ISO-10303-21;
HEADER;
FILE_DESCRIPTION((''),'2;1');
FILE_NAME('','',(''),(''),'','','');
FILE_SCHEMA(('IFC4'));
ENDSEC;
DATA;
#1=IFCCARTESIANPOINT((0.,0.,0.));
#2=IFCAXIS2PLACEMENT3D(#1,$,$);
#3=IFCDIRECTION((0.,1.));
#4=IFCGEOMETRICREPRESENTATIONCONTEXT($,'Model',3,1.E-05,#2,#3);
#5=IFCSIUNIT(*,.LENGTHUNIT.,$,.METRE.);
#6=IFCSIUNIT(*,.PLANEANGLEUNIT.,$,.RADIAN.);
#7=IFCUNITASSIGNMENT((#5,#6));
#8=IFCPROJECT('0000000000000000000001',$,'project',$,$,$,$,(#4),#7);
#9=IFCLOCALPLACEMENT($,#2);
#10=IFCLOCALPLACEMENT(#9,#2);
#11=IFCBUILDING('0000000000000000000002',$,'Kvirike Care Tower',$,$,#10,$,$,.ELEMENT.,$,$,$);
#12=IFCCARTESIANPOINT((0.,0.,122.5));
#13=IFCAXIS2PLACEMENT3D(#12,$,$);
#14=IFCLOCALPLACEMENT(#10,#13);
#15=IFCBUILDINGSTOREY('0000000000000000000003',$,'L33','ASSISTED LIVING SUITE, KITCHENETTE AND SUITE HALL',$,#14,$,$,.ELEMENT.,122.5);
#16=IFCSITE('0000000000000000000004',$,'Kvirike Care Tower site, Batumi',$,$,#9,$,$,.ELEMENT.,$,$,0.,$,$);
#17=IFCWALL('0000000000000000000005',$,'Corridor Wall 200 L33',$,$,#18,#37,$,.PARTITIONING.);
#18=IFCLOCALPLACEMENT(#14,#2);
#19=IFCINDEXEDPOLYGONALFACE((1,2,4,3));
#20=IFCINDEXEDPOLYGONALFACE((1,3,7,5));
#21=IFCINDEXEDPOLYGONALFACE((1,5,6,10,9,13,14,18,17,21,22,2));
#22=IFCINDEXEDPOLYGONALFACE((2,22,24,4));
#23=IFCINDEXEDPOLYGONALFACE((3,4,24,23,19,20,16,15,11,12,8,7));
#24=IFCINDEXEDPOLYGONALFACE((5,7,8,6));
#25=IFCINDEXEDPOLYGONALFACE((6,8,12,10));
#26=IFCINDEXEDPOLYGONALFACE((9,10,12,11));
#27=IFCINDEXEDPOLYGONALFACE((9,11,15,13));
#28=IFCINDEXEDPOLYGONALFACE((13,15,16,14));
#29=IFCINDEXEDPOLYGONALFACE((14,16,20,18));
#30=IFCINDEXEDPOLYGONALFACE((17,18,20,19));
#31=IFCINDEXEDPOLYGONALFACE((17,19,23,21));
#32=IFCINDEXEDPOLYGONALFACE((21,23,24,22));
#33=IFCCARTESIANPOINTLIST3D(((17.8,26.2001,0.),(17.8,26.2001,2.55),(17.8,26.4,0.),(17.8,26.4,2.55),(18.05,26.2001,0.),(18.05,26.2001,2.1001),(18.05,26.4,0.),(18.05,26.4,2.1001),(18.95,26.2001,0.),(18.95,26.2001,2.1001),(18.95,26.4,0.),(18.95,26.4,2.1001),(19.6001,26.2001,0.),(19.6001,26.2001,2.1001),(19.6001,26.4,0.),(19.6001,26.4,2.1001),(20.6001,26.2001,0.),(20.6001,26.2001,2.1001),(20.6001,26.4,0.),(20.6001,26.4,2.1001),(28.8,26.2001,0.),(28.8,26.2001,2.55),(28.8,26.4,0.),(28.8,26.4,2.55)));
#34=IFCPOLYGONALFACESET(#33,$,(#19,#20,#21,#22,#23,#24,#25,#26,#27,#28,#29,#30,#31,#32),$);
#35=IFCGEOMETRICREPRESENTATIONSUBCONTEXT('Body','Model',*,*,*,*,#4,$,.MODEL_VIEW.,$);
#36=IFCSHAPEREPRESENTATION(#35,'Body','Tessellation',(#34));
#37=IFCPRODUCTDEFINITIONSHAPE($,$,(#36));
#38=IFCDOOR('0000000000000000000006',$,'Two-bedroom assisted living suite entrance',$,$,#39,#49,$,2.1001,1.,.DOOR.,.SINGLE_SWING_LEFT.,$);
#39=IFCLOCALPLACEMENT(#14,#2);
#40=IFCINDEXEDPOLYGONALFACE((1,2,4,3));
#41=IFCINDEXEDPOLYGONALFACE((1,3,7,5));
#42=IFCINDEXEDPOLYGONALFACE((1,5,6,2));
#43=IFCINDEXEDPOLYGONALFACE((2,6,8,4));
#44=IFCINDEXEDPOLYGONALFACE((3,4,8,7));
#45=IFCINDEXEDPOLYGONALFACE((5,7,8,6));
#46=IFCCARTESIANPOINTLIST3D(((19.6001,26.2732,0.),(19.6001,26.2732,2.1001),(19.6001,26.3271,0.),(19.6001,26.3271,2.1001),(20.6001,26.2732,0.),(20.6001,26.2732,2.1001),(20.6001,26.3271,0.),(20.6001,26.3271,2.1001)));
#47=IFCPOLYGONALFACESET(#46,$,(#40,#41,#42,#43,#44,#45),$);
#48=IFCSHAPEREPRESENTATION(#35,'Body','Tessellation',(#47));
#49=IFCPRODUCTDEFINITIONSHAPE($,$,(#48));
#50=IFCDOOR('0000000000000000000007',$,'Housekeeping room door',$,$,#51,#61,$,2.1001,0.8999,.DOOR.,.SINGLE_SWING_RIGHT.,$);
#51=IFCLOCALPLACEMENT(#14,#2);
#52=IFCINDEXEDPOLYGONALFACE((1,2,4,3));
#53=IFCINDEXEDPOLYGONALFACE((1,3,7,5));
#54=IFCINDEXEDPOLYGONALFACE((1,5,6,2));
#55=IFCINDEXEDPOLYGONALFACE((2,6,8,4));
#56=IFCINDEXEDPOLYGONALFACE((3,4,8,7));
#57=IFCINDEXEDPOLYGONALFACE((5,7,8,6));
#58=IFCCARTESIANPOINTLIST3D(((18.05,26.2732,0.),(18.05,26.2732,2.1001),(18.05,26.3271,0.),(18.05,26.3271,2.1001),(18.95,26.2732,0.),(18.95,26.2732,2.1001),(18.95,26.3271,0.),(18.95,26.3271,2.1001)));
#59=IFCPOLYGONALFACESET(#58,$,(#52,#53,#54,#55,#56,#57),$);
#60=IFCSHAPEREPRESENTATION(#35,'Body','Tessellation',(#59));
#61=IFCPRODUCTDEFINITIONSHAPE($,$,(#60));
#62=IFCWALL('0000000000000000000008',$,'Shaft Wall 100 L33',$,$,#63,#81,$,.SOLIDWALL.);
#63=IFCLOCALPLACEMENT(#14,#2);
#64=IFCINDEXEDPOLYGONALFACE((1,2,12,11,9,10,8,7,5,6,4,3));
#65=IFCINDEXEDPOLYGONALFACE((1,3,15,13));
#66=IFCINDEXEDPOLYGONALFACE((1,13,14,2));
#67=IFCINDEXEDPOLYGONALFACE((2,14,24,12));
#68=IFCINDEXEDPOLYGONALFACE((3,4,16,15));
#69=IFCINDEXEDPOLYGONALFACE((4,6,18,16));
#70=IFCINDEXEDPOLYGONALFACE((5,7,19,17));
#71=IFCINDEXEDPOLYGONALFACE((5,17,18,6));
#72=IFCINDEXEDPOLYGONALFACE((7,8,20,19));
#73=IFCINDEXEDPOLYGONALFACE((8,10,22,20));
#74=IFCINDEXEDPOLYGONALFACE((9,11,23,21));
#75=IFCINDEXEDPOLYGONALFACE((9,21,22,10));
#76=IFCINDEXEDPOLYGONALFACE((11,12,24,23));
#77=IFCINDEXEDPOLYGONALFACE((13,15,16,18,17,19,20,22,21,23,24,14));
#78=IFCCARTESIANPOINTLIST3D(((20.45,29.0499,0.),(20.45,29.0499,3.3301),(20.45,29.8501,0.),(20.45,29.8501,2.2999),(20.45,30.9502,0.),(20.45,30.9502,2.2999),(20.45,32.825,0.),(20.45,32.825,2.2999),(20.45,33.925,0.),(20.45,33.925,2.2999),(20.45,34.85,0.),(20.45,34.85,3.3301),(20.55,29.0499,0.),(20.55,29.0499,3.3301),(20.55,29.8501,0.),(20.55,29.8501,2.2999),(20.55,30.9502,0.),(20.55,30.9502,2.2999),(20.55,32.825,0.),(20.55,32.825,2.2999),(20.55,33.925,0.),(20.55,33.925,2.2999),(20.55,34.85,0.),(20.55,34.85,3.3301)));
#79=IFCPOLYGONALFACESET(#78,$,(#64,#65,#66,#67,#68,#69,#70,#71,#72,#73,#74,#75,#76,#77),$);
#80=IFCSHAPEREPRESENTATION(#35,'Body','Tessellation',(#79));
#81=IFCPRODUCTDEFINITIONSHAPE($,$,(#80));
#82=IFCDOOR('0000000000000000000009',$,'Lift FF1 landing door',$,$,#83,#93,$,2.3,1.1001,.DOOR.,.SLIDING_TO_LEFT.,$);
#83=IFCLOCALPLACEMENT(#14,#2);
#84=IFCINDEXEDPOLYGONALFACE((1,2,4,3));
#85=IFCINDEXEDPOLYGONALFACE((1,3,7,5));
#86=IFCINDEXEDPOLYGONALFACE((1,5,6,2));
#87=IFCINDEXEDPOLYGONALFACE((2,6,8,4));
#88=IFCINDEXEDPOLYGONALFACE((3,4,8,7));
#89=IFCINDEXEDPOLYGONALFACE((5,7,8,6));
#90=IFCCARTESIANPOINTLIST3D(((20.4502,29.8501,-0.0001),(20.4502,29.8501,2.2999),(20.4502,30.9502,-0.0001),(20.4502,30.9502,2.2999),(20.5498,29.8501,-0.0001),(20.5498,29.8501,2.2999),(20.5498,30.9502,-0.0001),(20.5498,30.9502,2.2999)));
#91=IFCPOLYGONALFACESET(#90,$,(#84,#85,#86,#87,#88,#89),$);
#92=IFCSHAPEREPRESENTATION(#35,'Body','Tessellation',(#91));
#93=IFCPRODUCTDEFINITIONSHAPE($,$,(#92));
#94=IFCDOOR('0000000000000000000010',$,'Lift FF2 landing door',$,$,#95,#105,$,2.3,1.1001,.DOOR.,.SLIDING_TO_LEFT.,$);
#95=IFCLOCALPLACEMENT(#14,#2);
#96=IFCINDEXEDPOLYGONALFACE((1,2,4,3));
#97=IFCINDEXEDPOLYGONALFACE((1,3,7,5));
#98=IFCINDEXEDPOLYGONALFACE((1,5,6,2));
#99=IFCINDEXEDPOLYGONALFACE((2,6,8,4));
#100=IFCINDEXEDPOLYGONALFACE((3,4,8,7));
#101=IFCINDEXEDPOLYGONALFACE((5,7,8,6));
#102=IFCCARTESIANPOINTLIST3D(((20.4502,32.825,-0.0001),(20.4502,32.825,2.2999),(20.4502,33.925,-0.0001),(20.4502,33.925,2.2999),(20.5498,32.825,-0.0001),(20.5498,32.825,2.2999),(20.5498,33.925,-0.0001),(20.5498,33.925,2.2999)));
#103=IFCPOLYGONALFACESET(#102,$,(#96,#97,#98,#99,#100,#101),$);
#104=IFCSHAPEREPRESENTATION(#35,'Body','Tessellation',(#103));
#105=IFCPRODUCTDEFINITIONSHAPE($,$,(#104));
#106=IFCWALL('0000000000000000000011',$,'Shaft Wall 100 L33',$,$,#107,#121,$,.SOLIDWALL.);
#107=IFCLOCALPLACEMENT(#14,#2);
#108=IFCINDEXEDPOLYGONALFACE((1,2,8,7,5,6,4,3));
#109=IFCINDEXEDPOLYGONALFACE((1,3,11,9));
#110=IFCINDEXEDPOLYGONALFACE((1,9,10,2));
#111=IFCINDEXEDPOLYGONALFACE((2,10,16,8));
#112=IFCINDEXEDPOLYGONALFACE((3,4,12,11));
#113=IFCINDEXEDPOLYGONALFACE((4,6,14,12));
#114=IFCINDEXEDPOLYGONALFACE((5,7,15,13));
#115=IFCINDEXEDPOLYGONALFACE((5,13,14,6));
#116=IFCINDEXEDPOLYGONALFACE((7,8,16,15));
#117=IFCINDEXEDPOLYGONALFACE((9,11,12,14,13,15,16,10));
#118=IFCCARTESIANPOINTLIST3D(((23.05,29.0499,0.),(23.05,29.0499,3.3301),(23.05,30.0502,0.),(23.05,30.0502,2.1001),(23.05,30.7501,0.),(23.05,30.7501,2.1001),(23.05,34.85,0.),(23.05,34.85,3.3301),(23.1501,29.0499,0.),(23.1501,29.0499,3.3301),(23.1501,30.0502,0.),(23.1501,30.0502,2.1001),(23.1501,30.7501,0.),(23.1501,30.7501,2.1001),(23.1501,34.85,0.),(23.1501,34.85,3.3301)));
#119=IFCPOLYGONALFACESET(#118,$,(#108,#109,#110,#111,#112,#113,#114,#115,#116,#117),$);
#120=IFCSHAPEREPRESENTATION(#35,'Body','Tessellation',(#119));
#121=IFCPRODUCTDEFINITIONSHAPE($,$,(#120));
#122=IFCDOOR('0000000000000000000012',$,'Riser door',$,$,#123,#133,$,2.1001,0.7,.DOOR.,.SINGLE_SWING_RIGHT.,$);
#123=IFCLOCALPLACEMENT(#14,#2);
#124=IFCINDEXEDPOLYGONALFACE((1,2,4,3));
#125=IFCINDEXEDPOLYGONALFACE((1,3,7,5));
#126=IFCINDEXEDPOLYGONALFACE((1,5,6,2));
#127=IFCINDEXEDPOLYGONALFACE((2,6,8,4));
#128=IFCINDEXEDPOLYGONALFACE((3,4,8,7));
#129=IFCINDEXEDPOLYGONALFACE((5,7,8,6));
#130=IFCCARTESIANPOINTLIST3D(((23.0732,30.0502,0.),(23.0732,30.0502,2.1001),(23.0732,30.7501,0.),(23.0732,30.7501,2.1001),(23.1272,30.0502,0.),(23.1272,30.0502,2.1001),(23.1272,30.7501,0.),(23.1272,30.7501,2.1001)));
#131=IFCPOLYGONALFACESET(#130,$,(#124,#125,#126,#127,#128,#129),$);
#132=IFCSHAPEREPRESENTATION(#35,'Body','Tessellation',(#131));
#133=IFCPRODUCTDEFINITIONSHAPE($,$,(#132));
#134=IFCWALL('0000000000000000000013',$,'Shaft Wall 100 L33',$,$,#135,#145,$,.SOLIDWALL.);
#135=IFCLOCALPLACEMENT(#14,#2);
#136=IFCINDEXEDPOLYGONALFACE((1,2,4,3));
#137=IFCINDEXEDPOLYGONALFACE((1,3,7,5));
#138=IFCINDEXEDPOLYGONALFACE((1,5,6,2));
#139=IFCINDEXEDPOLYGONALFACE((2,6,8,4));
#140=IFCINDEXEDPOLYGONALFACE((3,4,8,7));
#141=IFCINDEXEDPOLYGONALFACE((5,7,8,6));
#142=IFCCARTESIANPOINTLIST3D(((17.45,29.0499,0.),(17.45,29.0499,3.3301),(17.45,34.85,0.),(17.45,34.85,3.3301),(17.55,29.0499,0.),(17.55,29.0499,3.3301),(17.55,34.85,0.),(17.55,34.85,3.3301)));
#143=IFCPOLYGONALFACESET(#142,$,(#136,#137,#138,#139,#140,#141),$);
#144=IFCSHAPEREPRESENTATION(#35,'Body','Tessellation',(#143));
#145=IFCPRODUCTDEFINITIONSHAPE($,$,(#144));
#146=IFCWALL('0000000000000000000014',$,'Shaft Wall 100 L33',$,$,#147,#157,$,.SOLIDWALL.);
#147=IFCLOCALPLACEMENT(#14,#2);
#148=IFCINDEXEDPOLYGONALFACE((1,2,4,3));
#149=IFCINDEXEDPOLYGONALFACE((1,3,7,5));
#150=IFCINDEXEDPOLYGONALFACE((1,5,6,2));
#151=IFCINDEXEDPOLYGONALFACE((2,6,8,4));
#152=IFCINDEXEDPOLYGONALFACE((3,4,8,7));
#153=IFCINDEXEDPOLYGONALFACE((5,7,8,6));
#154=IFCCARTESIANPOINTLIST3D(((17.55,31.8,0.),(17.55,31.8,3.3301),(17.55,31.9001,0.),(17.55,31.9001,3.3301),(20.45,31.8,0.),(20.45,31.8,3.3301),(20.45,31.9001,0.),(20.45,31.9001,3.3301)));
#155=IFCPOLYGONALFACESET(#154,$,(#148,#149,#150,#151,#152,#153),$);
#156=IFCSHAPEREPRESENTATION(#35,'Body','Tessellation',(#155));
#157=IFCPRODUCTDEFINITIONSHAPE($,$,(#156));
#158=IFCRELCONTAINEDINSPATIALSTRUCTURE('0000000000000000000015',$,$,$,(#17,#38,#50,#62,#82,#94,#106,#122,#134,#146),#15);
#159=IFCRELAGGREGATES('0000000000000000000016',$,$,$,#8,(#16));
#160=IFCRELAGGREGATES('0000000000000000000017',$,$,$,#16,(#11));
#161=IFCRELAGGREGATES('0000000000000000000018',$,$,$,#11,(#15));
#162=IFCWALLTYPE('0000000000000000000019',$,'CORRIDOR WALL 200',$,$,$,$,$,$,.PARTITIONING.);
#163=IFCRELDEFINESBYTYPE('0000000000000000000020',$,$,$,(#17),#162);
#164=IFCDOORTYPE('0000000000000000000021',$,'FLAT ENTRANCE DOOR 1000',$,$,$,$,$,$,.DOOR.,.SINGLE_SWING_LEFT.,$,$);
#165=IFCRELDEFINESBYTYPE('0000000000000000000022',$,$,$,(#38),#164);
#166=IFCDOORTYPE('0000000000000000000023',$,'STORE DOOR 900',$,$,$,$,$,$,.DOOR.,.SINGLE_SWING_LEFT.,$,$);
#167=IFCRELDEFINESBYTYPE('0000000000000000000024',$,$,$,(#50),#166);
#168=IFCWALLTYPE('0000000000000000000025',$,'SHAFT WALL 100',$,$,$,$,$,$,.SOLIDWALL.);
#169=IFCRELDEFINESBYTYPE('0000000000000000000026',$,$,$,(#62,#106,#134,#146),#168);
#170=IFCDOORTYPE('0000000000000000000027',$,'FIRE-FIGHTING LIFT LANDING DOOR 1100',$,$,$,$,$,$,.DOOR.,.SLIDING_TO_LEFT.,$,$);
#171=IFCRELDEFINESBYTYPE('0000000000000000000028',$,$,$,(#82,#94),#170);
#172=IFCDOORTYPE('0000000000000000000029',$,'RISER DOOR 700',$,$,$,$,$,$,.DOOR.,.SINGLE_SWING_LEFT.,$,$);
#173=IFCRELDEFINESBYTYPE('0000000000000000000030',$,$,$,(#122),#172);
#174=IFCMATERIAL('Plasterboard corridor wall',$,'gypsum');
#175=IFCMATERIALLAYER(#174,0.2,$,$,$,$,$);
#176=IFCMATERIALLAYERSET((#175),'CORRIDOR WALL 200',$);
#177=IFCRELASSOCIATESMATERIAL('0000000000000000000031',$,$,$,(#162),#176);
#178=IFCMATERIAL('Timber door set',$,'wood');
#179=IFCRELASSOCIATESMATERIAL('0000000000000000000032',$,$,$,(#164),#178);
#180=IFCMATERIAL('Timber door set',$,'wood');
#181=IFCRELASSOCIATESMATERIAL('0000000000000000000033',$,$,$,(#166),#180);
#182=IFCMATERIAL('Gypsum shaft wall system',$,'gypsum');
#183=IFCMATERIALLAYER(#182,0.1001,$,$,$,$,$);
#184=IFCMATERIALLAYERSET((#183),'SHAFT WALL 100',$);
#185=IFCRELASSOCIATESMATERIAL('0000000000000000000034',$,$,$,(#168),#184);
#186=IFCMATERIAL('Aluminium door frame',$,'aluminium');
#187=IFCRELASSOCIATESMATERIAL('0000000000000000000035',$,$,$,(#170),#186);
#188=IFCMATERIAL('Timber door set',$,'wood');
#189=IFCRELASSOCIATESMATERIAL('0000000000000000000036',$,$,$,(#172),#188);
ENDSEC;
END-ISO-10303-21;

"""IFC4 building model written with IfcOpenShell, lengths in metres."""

from ifc_helpers import new_model, si_unit, direction, frame, frame_2d, origin, place, context, subcontext, project, spatial, rectangle, extrude, material, layer, layer_set, type_object, element, fill, save


model = new_model("IFC4")

# Units and contexts
model_context = context("Model", 3, precision=1e-05, world=origin(), true_north=direction((0.0, 1.0)))
body_context = subcontext(model_context, "Body", "Model", "MODEL_VIEW")
ifc_project = project(units=[si_unit("LENGTHUNIT", "METRE"), si_unit("PLANEANGLEUNIT", "RADIAN")], contexts=[model_context])

# Site, building, storey
site_placement = place(None, origin())
site = spatial("IfcSite", under=ifc_project, at=site_placement, Name="Kvirike Care Tower site, Batumi", CompositionType="ELEMENT", RefElevation=0.0)
building_placement = place(site_placement, origin())
building = spatial("IfcBuilding", under=site, at=building_placement, Name="Kvirike Care Tower", CompositionType="ELEMENT")
storey_placement = place(building_placement, frame((0.0, 0.0, 122.5)))
storey = spatial("IfcBuildingStorey", under=building, at=storey_placement, Name="L33", Description="ASSISTED LIVING SUITE, KITCHENETTE AND SUITE HALL", CompositionType="ELEMENT", Elevation=122.5)

# Walls, openings, doors
ifc_material_1 = material(Name="Plasterboard corridor wall", Category="gypsum")
ifc_layer_1 = layer(ifc_material_1, 0.2)
ifc_layer_set_1 = layer_set([ifc_layer_1], Name="CORRIDOR WALL 200")
wall_type_1 = type_object("IfcWallType", Name="CORRIDOR WALL 200", PredefinedType="PARTITIONING", material=ifc_layer_set_1)
wall_1_placement = place(storey_placement, frame((17.8, 26.3, 0.0), z_axis=(0.0, 0.0, 1.0), x_axis=(1.0, 0.0, 0.0)))
wall_1 = element("IfcWall", 1, at=wall_1_placement, inside=storey, type_object=wall_type_1, Name="Corridor Wall 200 L33", PredefinedType="PARTITIONING", context=body_context, shape_type="SweptSolid", body=[
    extrude(rectangle(XDim=11.0, YDim=0.2, at=frame_2d((5.5, 0.0))), origin(), (0.0, 0.0, 1.0), 2.55),
])
opening_1_placement = place(wall_1_placement, frame((0.25, 0.0, 0.0)))
opening_1 = element("IfcOpeningElement", 2, at=opening_1_placement, cuts=wall_1, PredefinedType="OPENING", context=body_context, shape_type="SweptSolid", body=[
    extrude(rectangle(XDim=0.8999, YDim=2.1001, at=frame_2d((0.45, 1.05))), frame((0.0, 0.1106, 0.0), z_axis=(0.0, -1.0, 0.0), x_axis=(1.0, 0.0, 0.0)), (0.0, 0.0, 1.0), 0.2209),
])
opening_2_placement = place(wall_1_placement, frame((1.8, 0.0, 0.0)))
opening_2 = element("IfcOpeningElement", 3, at=opening_2_placement, cuts=wall_1, PredefinedType="OPENING", context=body_context, shape_type="SweptSolid", body=[
    extrude(rectangle(XDim=1.0, YDim=2.1001, at=frame_2d((0.5, 1.05))), frame((0.0, 0.1106, 0.0), z_axis=(0.0, -1.0, 0.0), x_axis=(1.0, 0.0, 0.0)), (0.0, 0.0, 1.0), 0.2209),
])
ifc_material_2 = material(Name="Timber door set", Category="wood")
door_type_1 = type_object("IfcDoorType", Name="FLAT ENTRANCE DOOR 1000", OperationType="SINGLE_SWING_LEFT", PredefinedType="DOOR", material=ifc_material_2)
door_1_placement = place(opening_2_placement, frame((1.0, 0.0, 0.0), z_axis=(0.0, 0.0, 1.0), x_axis=(-1.0, 0.0, 0.0)))
door_1 = element("IfcDoor", 4, at=door_1_placement, inside=storey, type_object=door_type_1, Name="Two-bedroom assisted living suite entrance", OperationType="SINGLE_SWING_LEFT", OverallHeight=2.1001, OverallWidth=1.0, PredefinedType="DOOR", context=body_context, shape_type="SweptSolid", body=[
    extrude(rectangle(XDim=1.0, YDim=2.1001, at=frame_2d((0.5, 1.05))), frame((0.0, 0.0269, 0.0), z_axis=(0.0, -1.0, 0.0), x_axis=(1.0, 0.0, 0.0)), (0.0, 0.0, 1.0), 0.054),
])
fill(opening_2, door_1)
ifc_material_3 = material(Name="Timber door set", Category="wood")
door_type_2 = type_object("IfcDoorType", Name="STORE DOOR 900", OperationType="SINGLE_SWING_LEFT", PredefinedType="DOOR", material=ifc_material_3)
door_2_placement = place(opening_1_placement, frame((0.8999, 0.0, 0.0), z_axis=(0.0, 0.0, 1.0), x_axis=(-1.0, 0.0, 0.0)))
door_2 = element("IfcDoor", 5, at=door_2_placement, inside=storey, type_object=door_type_2, Name="Housekeeping room door", OperationType="SINGLE_SWING_RIGHT", OverallHeight=2.1001, OverallWidth=0.8999, PredefinedType="DOOR", context=body_context, shape_type="SweptSolid", body=[
    extrude(rectangle(XDim=0.8999, YDim=2.1001, at=frame_2d((0.45, 1.05))), frame((0.0, 0.0269, 0.0), z_axis=(0.0, -1.0, 0.0), x_axis=(1.0, 0.0, 0.0)), (0.0, 0.0, 1.0), 0.054),
])
fill(opening_1, door_2)
ifc_material_4 = material(Name="Gypsum shaft wall system", Category="gypsum")
ifc_layer_2 = layer(ifc_material_4, 0.1001)
ifc_layer_set_2 = layer_set([ifc_layer_2], Name="SHAFT WALL 100")
wall_type_2 = type_object("IfcWallType", Name="SHAFT WALL 100", PredefinedType="SOLIDWALL", material=ifc_layer_set_2)
wall_2_placement = place(storey_placement, frame((20.5, 29.05, 0.0), z_axis=(0.0, 0.0, 1.0), x_axis=(0.0, 1.0, 0.0)))
wall_2 = element("IfcWall", 6, at=wall_2_placement, inside=storey, type_object=wall_type_2, Name="Shaft Wall 100 L33", PredefinedType="SOLIDWALL", context=body_context, shape_type="SweptSolid", body=[
    extrude(rectangle(XDim=5.8, YDim=0.1001, at=frame_2d((2.8999, 0.0))), origin(), (0.0, 0.0, 1.0), 3.3301),
])
opening_3_placement = place(wall_2_placement, frame((0.8, 0.0, 0.0)))
opening_3 = element("IfcOpeningElement", 7, at=opening_3_placement, cuts=wall_2, PredefinedType="OPENING", context=body_context, shape_type="SweptSolid", body=[
    extrude(rectangle(XDim=1.1001, YDim=2.3, at=frame_2d((0.55, 1.1499))), frame((0.0, 0.0605, 0.0), z_axis=(0.0, -1.0, 0.0), x_axis=(1.0, 0.0, 0.0)), (0.0, 0.0, 1.0), 0.1211),
])
opening_4_placement = place(wall_2_placement, frame((3.7749, 0.0, 0.0)))
opening_4 = element("IfcOpeningElement", 8, at=opening_4_placement, cuts=wall_2, PredefinedType="OPENING", context=body_context, shape_type="SweptSolid", body=[
    extrude(rectangle(XDim=1.1001, YDim=2.3, at=frame_2d((0.55, 1.1499))), frame((0.0, 0.0605, 0.0), z_axis=(0.0, -1.0, 0.0), x_axis=(1.0, 0.0, 0.0)), (0.0, 0.0, 1.0), 0.1211),
])
ifc_material_5 = material(Name="Aluminium door frame", Category="aluminium")
door_type_3 = type_object("IfcDoorType", Name="FIRE-FIGHTING LIFT LANDING DOOR 1100", OperationType="SLIDING_TO_LEFT", PredefinedType="DOOR", material=ifc_material_5)
door_3_placement = place(opening_3_placement, origin())
door_3 = element("IfcDoor", 9, at=door_3_placement, inside=storey, type_object=door_type_3, Name="Lift FF1 landing door", OperationType="SLIDING_TO_LEFT", OverallHeight=2.3, OverallWidth=1.1001, PredefinedType="DOOR", context=body_context, shape_type="SweptSolid", body=[
    extrude(rectangle(XDim=1.1001, YDim=2.3, at=frame_2d((0.55, 1.1499))), frame((0.0, 0.0498, 0.0), z_axis=(0.0, -1.0, 0.0), x_axis=(1.0, 0.0, 0.0)), (0.0, 0.0, 1.0), 0.0996),
])
fill(opening_3, door_3)
door_4_placement = place(opening_4_placement, origin())
door_4 = element("IfcDoor", 10, at=door_4_placement, inside=storey, type_object=door_type_3, Name="Lift FF2 landing door", OperationType="SLIDING_TO_LEFT", OverallHeight=2.3, OverallWidth=1.1001, PredefinedType="DOOR", context=body_context, shape_type="SweptSolid", body=[
    extrude(rectangle(XDim=1.1001, YDim=2.3, at=frame_2d((0.55, 1.1499))), frame((0.0, 0.0498, 0.0), z_axis=(0.0, -1.0, 0.0), x_axis=(1.0, 0.0, 0.0)), (0.0, 0.0, 1.0), 0.0996),
])
fill(opening_4, door_4)

# Wall, opening, door
wall_3_placement = place(storey_placement, frame((23.1001, 29.05, 0.0), z_axis=(0.0, 0.0, 1.0), x_axis=(0.0, 1.0, 0.0)))
wall_3 = element("IfcWall", 11, at=wall_3_placement, inside=storey, type_object=wall_type_2, Name="Shaft Wall 100 L33", PredefinedType="SOLIDWALL", context=body_context, shape_type="SweptSolid", body=[
    extrude(rectangle(XDim=5.8, YDim=0.1001, at=frame_2d((2.8999, 0.0))), origin(), (0.0, 0.0, 1.0), 3.3301),
])
opening_5_placement = place(wall_3_placement, frame((1.0, 0.0, 0.0)))
opening_5 = element("IfcOpeningElement", 12, at=opening_5_placement, cuts=wall_3, PredefinedType="OPENING", context=body_context, shape_type="SweptSolid", body=[
    extrude(rectangle(XDim=0.7, YDim=2.1001, at=frame_2d((0.3501, 1.05))), frame((0.0, 0.0605, 0.0), z_axis=(0.0, -1.0, 0.0), x_axis=(1.0, 0.0, 0.0)), (0.0, 0.0, 1.0), 0.1211),
])
ifc_material_6 = material(Name="Timber door set", Category="wood")
door_type_4 = type_object("IfcDoorType", Name="RISER DOOR 700", OperationType="SINGLE_SWING_LEFT", PredefinedType="DOOR", material=ifc_material_6)
door_5_placement = place(opening_5_placement, origin())
door_5 = element("IfcDoor", 13, at=door_5_placement, inside=storey, type_object=door_type_4, Name="Riser door", OperationType="SINGLE_SWING_RIGHT", OverallHeight=2.1001, OverallWidth=0.7, PredefinedType="DOOR", context=body_context, shape_type="SweptSolid", body=[
    extrude(rectangle(XDim=0.7, YDim=2.1001, at=frame_2d((0.3501, 1.05))), frame((0.0, 0.0269, 0.0), z_axis=(0.0, -1.0, 0.0), x_axis=(1.0, 0.0, 0.0)), (0.0, 0.0, 1.0), 0.054),
])
fill(opening_5, door_5)

# Walls
wall_4_placement = place(storey_placement, frame((17.5, 29.05, 0.0), z_axis=(0.0, 0.0, 1.0), x_axis=(0.0, 1.0, 0.0)))
element("IfcWall", 14, at=wall_4_placement, inside=storey, type_object=wall_type_2, Name="Shaft Wall 100 L33", PredefinedType="SOLIDWALL", context=body_context, shape_type="SweptSolid", body=[
    extrude(rectangle(XDim=5.8, YDim=0.1001, at=frame_2d((2.8999, 0.0))), origin(), (0.0, 0.0, 1.0), 3.3301),
])
wall_5_placement = place(storey_placement, frame((17.55, 31.8501, 0.0), z_axis=(0.0, 0.0, 1.0), x_axis=(1.0, 0.0, 0.0)))
element("IfcWall", 15, at=wall_5_placement, inside=storey, type_object=wall_type_2, Name="Shaft Wall 100 L33", PredefinedType="SOLIDWALL", context=body_context, shape_type="SweptSolid", body=[
    extrude(rectangle(XDim=2.8999, YDim=0.1001, at=frame_2d((1.45, 0.0))), origin(), (0.0, 0.0, 1.0), 3.3301),
])

save(model, "model.ifc")
